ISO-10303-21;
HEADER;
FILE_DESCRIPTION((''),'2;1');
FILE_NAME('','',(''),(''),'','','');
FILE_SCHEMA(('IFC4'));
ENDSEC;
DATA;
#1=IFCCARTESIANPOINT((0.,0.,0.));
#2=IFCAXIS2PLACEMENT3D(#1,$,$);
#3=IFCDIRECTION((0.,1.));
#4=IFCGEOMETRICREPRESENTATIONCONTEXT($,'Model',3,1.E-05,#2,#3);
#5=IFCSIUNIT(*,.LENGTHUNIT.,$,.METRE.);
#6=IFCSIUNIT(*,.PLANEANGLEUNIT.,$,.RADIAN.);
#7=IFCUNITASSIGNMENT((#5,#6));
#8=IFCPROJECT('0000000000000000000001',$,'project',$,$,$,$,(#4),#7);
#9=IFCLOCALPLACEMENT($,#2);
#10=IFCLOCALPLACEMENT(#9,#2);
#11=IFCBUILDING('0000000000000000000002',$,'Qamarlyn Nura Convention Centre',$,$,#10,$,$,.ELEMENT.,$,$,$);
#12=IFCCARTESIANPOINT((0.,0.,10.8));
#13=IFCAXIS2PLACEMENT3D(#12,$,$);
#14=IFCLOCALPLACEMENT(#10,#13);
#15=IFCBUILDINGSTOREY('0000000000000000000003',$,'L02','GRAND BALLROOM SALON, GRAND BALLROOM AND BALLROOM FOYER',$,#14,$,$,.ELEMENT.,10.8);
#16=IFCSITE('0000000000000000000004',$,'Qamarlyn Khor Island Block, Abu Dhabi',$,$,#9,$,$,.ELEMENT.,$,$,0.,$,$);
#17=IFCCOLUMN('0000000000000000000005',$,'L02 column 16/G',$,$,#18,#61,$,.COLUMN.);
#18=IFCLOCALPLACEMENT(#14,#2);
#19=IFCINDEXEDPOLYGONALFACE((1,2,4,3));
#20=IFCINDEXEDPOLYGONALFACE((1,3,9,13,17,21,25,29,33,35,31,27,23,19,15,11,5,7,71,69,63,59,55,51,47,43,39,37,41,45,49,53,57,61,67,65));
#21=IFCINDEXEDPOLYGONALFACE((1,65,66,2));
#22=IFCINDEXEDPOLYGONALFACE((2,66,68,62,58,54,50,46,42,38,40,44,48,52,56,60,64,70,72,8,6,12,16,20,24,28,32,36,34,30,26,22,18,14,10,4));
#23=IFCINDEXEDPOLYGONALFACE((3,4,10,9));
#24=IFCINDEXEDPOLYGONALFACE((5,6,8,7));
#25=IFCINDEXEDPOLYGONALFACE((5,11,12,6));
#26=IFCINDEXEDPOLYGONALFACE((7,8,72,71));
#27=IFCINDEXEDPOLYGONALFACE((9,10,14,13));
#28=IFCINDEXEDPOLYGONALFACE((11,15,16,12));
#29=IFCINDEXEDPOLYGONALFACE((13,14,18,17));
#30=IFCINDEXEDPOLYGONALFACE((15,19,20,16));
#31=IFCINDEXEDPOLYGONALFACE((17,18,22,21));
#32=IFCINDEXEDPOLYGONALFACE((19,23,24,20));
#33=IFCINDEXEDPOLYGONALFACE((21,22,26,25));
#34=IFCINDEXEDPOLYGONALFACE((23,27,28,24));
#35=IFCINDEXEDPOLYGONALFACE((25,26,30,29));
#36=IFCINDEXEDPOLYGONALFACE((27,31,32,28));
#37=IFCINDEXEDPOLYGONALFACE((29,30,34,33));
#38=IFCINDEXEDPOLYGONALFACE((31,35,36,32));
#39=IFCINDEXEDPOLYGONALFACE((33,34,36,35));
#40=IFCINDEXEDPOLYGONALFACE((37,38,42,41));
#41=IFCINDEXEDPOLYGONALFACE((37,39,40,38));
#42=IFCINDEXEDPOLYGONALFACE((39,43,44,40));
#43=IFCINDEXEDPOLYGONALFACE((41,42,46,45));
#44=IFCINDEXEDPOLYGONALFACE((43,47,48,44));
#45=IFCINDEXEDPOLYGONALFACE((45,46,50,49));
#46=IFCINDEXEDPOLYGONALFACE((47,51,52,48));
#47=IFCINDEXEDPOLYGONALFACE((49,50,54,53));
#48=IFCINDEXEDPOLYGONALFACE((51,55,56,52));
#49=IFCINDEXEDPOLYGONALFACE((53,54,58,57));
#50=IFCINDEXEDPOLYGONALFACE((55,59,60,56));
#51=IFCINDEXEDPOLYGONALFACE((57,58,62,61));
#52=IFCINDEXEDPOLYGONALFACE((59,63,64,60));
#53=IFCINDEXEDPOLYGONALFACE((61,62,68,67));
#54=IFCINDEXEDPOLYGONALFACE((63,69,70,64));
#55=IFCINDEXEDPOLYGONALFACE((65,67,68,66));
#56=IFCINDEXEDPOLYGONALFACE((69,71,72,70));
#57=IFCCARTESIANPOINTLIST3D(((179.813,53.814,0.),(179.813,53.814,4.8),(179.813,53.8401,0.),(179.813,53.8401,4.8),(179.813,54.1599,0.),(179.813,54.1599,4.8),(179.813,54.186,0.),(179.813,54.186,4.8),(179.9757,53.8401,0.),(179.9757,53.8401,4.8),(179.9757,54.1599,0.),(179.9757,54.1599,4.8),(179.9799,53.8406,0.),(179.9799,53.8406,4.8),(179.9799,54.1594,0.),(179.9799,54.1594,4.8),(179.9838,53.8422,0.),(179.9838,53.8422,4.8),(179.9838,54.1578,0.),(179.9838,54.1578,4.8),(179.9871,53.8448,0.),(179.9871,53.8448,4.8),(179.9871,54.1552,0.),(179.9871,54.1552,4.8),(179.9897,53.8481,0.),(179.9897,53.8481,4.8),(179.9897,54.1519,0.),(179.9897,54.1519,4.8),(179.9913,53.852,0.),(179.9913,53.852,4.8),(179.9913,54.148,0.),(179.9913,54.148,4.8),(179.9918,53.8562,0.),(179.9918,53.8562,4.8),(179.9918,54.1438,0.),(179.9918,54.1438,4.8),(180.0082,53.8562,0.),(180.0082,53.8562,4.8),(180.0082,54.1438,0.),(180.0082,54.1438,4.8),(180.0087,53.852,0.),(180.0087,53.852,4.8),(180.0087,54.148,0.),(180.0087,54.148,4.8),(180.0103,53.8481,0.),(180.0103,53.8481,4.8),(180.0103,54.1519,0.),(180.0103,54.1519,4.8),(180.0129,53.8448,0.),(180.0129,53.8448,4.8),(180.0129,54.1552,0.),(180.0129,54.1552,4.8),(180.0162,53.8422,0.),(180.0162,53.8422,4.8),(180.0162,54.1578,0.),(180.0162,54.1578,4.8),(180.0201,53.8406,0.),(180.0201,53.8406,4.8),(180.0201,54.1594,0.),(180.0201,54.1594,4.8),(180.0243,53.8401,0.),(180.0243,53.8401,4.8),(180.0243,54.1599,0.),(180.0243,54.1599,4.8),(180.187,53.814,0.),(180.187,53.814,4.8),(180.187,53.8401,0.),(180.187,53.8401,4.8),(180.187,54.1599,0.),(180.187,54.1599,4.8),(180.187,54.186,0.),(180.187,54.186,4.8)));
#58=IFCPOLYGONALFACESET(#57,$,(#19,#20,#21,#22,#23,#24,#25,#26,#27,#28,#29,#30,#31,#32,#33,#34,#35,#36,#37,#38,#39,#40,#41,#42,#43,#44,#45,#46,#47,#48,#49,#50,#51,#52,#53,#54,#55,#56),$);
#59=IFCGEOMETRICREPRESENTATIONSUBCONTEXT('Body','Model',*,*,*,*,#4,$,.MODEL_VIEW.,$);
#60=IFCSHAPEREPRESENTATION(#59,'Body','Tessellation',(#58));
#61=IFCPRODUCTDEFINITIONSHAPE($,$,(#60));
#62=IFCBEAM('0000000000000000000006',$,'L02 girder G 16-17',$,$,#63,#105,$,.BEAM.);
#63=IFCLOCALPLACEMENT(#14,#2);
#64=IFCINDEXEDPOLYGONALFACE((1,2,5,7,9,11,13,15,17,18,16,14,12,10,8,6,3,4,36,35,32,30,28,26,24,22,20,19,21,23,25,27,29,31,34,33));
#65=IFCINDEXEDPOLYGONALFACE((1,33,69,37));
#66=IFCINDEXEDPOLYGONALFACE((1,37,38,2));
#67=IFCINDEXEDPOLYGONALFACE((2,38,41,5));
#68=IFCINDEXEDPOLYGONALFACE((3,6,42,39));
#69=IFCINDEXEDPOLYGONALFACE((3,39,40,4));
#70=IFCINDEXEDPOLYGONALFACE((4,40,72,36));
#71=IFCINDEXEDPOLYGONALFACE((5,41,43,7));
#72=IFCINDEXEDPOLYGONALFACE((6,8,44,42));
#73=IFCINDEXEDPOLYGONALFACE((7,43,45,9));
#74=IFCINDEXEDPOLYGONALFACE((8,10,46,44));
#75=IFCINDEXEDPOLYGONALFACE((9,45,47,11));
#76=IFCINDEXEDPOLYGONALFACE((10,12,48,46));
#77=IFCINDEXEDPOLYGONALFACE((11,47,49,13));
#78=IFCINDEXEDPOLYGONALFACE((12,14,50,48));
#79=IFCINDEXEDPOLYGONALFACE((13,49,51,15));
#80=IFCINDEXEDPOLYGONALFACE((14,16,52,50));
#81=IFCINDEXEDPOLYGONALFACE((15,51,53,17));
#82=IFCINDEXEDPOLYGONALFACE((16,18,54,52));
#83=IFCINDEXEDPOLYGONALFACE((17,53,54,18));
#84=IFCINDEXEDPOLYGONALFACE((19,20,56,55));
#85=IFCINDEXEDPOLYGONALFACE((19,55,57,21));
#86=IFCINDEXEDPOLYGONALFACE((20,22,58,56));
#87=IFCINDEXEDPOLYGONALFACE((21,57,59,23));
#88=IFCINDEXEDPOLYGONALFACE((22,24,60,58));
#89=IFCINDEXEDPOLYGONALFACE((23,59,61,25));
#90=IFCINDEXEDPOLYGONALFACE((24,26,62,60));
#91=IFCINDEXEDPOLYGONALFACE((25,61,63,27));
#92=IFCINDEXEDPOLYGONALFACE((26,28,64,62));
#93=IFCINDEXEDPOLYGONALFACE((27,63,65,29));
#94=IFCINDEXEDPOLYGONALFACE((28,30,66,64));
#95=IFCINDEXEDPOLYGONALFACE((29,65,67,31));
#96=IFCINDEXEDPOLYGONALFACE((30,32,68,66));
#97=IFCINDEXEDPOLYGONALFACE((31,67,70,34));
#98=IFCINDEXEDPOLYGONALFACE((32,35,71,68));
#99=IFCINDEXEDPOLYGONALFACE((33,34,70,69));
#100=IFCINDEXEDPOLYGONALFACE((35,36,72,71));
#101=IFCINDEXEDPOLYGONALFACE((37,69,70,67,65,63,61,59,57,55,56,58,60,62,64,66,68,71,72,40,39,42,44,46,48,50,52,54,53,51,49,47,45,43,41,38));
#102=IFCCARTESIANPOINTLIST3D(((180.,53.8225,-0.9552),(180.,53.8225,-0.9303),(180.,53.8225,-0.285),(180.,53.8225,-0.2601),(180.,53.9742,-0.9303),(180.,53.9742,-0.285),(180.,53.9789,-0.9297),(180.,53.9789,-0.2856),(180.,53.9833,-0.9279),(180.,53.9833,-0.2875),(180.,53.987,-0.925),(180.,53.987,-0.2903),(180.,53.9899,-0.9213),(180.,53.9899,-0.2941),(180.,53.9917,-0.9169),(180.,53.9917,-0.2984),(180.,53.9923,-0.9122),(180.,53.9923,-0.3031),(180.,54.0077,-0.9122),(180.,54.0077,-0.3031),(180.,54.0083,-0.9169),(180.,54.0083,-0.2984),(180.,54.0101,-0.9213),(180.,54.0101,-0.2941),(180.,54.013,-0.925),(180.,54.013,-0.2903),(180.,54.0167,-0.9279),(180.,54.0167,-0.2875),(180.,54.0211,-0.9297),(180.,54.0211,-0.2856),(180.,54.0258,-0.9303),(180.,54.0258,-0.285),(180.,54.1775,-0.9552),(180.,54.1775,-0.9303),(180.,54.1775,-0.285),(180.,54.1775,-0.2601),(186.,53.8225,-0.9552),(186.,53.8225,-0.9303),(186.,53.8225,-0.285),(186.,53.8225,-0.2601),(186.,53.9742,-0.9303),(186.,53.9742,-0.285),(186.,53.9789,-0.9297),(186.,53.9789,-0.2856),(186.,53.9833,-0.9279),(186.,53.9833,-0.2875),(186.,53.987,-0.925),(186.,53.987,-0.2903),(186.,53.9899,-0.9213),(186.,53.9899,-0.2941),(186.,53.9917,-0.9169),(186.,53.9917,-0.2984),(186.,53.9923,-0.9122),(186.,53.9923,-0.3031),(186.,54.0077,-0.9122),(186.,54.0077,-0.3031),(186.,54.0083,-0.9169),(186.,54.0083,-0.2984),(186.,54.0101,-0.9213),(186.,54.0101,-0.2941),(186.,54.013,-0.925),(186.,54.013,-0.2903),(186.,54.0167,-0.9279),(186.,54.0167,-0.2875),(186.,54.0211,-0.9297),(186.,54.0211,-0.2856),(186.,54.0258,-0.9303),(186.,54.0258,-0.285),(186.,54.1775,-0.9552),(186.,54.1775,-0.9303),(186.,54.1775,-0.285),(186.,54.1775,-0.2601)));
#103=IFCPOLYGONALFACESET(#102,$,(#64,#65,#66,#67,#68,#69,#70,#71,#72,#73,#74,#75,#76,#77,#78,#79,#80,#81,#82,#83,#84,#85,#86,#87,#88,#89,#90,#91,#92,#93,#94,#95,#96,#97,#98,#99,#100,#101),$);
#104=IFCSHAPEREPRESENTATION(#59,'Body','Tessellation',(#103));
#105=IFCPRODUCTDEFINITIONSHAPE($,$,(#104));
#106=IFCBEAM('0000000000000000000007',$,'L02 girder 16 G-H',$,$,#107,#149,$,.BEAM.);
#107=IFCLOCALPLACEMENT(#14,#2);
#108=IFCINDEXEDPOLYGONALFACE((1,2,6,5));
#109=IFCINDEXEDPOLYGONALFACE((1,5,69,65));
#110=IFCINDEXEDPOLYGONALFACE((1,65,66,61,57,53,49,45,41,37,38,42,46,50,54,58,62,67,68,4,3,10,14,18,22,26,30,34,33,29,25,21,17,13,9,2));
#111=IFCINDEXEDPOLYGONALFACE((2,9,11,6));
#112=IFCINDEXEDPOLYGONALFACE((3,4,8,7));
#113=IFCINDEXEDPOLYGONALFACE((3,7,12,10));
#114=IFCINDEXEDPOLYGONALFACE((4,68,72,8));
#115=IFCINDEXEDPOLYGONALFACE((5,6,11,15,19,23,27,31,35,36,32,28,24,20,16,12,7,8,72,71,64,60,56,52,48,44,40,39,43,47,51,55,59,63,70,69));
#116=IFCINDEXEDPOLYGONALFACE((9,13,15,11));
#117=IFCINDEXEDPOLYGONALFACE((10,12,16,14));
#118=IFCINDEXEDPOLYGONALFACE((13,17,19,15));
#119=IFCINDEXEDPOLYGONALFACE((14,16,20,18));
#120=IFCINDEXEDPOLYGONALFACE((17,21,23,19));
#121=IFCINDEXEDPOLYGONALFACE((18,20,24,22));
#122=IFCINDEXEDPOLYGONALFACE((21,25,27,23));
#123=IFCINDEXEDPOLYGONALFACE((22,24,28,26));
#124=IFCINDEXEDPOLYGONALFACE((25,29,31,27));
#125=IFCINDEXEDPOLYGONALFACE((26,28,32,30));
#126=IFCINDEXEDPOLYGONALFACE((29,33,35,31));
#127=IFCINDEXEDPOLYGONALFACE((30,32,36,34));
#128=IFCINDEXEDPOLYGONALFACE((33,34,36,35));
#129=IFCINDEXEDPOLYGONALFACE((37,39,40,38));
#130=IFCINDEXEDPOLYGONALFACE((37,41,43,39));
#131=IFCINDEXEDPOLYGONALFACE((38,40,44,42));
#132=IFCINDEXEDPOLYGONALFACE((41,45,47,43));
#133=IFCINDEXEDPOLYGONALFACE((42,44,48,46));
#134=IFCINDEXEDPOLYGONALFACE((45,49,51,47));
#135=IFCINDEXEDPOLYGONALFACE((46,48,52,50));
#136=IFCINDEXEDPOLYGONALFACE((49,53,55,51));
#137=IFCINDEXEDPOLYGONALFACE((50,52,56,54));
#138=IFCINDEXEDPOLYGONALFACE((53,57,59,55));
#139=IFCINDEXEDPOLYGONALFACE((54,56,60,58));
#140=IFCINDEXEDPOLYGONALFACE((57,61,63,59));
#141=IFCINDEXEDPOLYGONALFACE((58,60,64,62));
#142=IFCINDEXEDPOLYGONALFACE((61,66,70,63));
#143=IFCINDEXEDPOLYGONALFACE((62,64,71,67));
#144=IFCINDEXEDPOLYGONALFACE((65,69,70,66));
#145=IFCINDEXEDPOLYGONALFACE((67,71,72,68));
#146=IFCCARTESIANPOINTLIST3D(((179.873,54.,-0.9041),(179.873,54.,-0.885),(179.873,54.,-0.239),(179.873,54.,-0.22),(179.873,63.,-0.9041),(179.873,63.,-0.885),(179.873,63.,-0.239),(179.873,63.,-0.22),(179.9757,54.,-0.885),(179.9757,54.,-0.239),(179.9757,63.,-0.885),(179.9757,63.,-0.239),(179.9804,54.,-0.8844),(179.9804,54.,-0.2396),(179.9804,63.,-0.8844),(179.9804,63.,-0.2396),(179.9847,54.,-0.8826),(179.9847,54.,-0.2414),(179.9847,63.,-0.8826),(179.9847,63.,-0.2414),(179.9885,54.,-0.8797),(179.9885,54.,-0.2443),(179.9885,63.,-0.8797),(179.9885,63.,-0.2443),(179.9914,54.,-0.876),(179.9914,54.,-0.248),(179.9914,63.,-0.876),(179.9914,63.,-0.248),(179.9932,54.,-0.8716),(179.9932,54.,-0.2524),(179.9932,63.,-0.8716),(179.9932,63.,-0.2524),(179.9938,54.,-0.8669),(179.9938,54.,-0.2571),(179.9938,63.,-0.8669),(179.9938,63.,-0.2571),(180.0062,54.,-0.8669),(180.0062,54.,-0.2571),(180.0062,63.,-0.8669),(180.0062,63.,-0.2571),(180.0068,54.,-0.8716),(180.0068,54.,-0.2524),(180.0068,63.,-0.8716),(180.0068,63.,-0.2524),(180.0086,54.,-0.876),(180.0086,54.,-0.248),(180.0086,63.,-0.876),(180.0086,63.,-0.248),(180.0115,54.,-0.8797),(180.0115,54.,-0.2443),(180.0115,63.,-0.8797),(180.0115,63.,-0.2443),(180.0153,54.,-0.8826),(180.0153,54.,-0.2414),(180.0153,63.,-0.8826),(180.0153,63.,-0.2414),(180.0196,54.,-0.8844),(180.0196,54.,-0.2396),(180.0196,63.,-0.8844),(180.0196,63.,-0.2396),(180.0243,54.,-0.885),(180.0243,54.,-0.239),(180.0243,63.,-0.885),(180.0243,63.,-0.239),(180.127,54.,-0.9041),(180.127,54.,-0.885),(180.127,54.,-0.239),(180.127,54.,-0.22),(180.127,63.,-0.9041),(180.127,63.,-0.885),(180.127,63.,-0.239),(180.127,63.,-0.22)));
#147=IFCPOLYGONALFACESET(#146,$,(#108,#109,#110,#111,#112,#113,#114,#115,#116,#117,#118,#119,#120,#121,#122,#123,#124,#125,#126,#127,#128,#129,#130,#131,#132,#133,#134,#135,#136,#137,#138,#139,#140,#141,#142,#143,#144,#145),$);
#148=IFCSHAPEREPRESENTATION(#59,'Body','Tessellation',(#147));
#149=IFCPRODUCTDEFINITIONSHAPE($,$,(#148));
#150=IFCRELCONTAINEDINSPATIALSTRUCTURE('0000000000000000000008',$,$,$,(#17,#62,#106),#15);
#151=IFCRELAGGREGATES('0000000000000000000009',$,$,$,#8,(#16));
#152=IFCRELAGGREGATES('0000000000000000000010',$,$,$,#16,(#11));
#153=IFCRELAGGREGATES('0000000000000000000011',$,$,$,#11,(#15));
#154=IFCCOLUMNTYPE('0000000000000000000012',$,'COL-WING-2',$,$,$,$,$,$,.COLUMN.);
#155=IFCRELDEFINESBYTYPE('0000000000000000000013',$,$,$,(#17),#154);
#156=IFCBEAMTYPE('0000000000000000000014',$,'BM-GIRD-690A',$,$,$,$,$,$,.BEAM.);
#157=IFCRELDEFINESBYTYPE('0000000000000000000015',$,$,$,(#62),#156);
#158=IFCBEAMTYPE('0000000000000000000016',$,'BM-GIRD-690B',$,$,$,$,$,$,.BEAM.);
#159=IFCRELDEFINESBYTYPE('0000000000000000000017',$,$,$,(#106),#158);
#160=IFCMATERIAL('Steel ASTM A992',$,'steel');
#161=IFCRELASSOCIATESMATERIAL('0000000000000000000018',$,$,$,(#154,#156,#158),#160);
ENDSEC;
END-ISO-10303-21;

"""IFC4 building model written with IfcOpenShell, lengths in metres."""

from ifc_helpers import new_model, si_unit, direction, frame, origin, origin_2d, place, context, subcontext, project, spatial, i_section, extrude, material, material_profile, profile_set, type_object, element, save


model = new_model("IFC4")

# Units and contexts
model_context = context("Model", 3, precision=1e-05, world=origin(), true_north=direction((0.0, 1.0)))
body_context = subcontext(model_context, "Body", "Model", "MODEL_VIEW")
ifc_project = project(units=[si_unit("LENGTHUNIT", "METRE"), si_unit("PLANEANGLEUNIT", "RADIAN")], contexts=[model_context])

# Site, building, storey
site_placement = place(None, origin())
site = spatial("IfcSite", under=ifc_project, at=site_placement, Name="Qamarlyn Khor Island Block, Abu Dhabi", CompositionType="ELEMENT", RefElevation=0.0)
building_placement = place(site_placement, origin())
building = spatial("IfcBuilding", under=site, at=building_placement, Name="Qamarlyn Nura Convention Centre", CompositionType="ELEMENT")
storey_placement = place(building_placement, frame((0.0, 0.0, 10.8)))
storey = spatial("IfcBuildingStorey", under=building, at=storey_placement, Name="L02", Description="GRAND BALLROOM SALON, GRAND BALLROOM AND BALLROOM FOYER", CompositionType="ELEMENT", Elevation=10.8)

# Column
ifc_material_1 = material(Name="Steel ASTM A992", Category="steel")
ifc_material_profile_1 = material_profile(ifc_material_1, i_section(OverallWidth=0.374, OverallDepth=0.3721, WebThickness=0.0164, FlangeThickness=0.0261, FilletRadius=0.0161, at=origin_2d()), Name="W360X196")
ifc_profile_set_1 = profile_set([ifc_material_profile_1], Name="Steel ASTM A992")
column_type = type_object("IfcColumnType", Name="COL-WING-2", PredefinedType="COLUMN", material=ifc_profile_set_1)
column_placement = place(storey_placement, frame((180.0, 54.0, 0.0), z_axis=(0.0, 0.0, 1.0), x_axis=(1.0, 0.0, 0.0)))
element("IfcColumn", 1, at=column_placement, inside=storey, type_object=column_type, Name="L02 column 16/G", PredefinedType="COLUMN", context=body_context, shape_type="SweptSolid", body=[
    extrude(i_section(OverallWidth=0.374, OverallDepth=0.3721, WebThickness=0.0164, FlangeThickness=0.0261, FilletRadius=0.0161, at=origin_2d()), origin(), (0.0, 0.0, 1.0), 4.8),
])

# Beams
ifc_material_profile_2 = material_profile(ifc_material_1, i_section(OverallWidth=0.355, OverallDepth=0.6951, WebThickness=0.0154, FlangeThickness=0.0249, FilletRadius=0.0181, at=origin_2d()), Name="W690X217")
ifc_profile_set_2 = profile_set([ifc_material_profile_2], Name="Steel ASTM A992")
beam_type_1 = type_object("IfcBeamType", Name="BM-GIRD-690A", PredefinedType="BEAM", material=ifc_profile_set_2)
beam_1_placement = place(storey_placement, frame((180.0, 54.0, -0.6077), z_axis=(1.0, 0.0, 0.0), x_axis=(0.0, 1.0, 0.0)))
element("IfcBeam", 2, at=beam_1_placement, inside=storey, type_object=beam_type_1, Name="L02 girder G 16-17", PredefinedType="BEAM", context=body_context, shape_type="SweptSolid", body=[
    extrude(i_section(OverallWidth=0.355, OverallDepth=0.6951, WebThickness=0.0154, FlangeThickness=0.0249, FilletRadius=0.0181, at=origin_2d()), origin(), (0.0, 0.0, 1.0), 6.0),
])
ifc_material_profile_3 = material_profile(ifc_material_1, i_section(OverallWidth=0.2539, OverallDepth=0.6841, WebThickness=0.0125, FlangeThickness=0.019, FilletRadius=0.0181, at=origin_2d()), Name="W690X140")
ifc_profile_set_3 = profile_set([ifc_material_profile_3], Name="Steel ASTM A992")
beam_type_2 = type_object("IfcBeamType", Name="BM-GIRD-690B", PredefinedType="BEAM", material=ifc_profile_set_3)
beam_2_placement = place(storey_placement, frame((180.0, 54.0, -0.562), z_axis=(0.0, 1.0, 0.0), x_axis=(-1.0, 0.0, 0.0)))
element("IfcBeam", 3, at=beam_2_placement, inside=storey, type_object=beam_type_2, Name="L02 girder 16 G-H", PredefinedType="BEAM", context=body_context, shape_type="SweptSolid", body=[
    extrude(i_section(OverallWidth=0.2539, OverallDepth=0.6841, WebThickness=0.0125, FlangeThickness=0.019, FilletRadius=0.0181, at=origin_2d()), origin(), (0.0, 0.0, 1.0), 9.0),
])

save(model, "model.ifc")
